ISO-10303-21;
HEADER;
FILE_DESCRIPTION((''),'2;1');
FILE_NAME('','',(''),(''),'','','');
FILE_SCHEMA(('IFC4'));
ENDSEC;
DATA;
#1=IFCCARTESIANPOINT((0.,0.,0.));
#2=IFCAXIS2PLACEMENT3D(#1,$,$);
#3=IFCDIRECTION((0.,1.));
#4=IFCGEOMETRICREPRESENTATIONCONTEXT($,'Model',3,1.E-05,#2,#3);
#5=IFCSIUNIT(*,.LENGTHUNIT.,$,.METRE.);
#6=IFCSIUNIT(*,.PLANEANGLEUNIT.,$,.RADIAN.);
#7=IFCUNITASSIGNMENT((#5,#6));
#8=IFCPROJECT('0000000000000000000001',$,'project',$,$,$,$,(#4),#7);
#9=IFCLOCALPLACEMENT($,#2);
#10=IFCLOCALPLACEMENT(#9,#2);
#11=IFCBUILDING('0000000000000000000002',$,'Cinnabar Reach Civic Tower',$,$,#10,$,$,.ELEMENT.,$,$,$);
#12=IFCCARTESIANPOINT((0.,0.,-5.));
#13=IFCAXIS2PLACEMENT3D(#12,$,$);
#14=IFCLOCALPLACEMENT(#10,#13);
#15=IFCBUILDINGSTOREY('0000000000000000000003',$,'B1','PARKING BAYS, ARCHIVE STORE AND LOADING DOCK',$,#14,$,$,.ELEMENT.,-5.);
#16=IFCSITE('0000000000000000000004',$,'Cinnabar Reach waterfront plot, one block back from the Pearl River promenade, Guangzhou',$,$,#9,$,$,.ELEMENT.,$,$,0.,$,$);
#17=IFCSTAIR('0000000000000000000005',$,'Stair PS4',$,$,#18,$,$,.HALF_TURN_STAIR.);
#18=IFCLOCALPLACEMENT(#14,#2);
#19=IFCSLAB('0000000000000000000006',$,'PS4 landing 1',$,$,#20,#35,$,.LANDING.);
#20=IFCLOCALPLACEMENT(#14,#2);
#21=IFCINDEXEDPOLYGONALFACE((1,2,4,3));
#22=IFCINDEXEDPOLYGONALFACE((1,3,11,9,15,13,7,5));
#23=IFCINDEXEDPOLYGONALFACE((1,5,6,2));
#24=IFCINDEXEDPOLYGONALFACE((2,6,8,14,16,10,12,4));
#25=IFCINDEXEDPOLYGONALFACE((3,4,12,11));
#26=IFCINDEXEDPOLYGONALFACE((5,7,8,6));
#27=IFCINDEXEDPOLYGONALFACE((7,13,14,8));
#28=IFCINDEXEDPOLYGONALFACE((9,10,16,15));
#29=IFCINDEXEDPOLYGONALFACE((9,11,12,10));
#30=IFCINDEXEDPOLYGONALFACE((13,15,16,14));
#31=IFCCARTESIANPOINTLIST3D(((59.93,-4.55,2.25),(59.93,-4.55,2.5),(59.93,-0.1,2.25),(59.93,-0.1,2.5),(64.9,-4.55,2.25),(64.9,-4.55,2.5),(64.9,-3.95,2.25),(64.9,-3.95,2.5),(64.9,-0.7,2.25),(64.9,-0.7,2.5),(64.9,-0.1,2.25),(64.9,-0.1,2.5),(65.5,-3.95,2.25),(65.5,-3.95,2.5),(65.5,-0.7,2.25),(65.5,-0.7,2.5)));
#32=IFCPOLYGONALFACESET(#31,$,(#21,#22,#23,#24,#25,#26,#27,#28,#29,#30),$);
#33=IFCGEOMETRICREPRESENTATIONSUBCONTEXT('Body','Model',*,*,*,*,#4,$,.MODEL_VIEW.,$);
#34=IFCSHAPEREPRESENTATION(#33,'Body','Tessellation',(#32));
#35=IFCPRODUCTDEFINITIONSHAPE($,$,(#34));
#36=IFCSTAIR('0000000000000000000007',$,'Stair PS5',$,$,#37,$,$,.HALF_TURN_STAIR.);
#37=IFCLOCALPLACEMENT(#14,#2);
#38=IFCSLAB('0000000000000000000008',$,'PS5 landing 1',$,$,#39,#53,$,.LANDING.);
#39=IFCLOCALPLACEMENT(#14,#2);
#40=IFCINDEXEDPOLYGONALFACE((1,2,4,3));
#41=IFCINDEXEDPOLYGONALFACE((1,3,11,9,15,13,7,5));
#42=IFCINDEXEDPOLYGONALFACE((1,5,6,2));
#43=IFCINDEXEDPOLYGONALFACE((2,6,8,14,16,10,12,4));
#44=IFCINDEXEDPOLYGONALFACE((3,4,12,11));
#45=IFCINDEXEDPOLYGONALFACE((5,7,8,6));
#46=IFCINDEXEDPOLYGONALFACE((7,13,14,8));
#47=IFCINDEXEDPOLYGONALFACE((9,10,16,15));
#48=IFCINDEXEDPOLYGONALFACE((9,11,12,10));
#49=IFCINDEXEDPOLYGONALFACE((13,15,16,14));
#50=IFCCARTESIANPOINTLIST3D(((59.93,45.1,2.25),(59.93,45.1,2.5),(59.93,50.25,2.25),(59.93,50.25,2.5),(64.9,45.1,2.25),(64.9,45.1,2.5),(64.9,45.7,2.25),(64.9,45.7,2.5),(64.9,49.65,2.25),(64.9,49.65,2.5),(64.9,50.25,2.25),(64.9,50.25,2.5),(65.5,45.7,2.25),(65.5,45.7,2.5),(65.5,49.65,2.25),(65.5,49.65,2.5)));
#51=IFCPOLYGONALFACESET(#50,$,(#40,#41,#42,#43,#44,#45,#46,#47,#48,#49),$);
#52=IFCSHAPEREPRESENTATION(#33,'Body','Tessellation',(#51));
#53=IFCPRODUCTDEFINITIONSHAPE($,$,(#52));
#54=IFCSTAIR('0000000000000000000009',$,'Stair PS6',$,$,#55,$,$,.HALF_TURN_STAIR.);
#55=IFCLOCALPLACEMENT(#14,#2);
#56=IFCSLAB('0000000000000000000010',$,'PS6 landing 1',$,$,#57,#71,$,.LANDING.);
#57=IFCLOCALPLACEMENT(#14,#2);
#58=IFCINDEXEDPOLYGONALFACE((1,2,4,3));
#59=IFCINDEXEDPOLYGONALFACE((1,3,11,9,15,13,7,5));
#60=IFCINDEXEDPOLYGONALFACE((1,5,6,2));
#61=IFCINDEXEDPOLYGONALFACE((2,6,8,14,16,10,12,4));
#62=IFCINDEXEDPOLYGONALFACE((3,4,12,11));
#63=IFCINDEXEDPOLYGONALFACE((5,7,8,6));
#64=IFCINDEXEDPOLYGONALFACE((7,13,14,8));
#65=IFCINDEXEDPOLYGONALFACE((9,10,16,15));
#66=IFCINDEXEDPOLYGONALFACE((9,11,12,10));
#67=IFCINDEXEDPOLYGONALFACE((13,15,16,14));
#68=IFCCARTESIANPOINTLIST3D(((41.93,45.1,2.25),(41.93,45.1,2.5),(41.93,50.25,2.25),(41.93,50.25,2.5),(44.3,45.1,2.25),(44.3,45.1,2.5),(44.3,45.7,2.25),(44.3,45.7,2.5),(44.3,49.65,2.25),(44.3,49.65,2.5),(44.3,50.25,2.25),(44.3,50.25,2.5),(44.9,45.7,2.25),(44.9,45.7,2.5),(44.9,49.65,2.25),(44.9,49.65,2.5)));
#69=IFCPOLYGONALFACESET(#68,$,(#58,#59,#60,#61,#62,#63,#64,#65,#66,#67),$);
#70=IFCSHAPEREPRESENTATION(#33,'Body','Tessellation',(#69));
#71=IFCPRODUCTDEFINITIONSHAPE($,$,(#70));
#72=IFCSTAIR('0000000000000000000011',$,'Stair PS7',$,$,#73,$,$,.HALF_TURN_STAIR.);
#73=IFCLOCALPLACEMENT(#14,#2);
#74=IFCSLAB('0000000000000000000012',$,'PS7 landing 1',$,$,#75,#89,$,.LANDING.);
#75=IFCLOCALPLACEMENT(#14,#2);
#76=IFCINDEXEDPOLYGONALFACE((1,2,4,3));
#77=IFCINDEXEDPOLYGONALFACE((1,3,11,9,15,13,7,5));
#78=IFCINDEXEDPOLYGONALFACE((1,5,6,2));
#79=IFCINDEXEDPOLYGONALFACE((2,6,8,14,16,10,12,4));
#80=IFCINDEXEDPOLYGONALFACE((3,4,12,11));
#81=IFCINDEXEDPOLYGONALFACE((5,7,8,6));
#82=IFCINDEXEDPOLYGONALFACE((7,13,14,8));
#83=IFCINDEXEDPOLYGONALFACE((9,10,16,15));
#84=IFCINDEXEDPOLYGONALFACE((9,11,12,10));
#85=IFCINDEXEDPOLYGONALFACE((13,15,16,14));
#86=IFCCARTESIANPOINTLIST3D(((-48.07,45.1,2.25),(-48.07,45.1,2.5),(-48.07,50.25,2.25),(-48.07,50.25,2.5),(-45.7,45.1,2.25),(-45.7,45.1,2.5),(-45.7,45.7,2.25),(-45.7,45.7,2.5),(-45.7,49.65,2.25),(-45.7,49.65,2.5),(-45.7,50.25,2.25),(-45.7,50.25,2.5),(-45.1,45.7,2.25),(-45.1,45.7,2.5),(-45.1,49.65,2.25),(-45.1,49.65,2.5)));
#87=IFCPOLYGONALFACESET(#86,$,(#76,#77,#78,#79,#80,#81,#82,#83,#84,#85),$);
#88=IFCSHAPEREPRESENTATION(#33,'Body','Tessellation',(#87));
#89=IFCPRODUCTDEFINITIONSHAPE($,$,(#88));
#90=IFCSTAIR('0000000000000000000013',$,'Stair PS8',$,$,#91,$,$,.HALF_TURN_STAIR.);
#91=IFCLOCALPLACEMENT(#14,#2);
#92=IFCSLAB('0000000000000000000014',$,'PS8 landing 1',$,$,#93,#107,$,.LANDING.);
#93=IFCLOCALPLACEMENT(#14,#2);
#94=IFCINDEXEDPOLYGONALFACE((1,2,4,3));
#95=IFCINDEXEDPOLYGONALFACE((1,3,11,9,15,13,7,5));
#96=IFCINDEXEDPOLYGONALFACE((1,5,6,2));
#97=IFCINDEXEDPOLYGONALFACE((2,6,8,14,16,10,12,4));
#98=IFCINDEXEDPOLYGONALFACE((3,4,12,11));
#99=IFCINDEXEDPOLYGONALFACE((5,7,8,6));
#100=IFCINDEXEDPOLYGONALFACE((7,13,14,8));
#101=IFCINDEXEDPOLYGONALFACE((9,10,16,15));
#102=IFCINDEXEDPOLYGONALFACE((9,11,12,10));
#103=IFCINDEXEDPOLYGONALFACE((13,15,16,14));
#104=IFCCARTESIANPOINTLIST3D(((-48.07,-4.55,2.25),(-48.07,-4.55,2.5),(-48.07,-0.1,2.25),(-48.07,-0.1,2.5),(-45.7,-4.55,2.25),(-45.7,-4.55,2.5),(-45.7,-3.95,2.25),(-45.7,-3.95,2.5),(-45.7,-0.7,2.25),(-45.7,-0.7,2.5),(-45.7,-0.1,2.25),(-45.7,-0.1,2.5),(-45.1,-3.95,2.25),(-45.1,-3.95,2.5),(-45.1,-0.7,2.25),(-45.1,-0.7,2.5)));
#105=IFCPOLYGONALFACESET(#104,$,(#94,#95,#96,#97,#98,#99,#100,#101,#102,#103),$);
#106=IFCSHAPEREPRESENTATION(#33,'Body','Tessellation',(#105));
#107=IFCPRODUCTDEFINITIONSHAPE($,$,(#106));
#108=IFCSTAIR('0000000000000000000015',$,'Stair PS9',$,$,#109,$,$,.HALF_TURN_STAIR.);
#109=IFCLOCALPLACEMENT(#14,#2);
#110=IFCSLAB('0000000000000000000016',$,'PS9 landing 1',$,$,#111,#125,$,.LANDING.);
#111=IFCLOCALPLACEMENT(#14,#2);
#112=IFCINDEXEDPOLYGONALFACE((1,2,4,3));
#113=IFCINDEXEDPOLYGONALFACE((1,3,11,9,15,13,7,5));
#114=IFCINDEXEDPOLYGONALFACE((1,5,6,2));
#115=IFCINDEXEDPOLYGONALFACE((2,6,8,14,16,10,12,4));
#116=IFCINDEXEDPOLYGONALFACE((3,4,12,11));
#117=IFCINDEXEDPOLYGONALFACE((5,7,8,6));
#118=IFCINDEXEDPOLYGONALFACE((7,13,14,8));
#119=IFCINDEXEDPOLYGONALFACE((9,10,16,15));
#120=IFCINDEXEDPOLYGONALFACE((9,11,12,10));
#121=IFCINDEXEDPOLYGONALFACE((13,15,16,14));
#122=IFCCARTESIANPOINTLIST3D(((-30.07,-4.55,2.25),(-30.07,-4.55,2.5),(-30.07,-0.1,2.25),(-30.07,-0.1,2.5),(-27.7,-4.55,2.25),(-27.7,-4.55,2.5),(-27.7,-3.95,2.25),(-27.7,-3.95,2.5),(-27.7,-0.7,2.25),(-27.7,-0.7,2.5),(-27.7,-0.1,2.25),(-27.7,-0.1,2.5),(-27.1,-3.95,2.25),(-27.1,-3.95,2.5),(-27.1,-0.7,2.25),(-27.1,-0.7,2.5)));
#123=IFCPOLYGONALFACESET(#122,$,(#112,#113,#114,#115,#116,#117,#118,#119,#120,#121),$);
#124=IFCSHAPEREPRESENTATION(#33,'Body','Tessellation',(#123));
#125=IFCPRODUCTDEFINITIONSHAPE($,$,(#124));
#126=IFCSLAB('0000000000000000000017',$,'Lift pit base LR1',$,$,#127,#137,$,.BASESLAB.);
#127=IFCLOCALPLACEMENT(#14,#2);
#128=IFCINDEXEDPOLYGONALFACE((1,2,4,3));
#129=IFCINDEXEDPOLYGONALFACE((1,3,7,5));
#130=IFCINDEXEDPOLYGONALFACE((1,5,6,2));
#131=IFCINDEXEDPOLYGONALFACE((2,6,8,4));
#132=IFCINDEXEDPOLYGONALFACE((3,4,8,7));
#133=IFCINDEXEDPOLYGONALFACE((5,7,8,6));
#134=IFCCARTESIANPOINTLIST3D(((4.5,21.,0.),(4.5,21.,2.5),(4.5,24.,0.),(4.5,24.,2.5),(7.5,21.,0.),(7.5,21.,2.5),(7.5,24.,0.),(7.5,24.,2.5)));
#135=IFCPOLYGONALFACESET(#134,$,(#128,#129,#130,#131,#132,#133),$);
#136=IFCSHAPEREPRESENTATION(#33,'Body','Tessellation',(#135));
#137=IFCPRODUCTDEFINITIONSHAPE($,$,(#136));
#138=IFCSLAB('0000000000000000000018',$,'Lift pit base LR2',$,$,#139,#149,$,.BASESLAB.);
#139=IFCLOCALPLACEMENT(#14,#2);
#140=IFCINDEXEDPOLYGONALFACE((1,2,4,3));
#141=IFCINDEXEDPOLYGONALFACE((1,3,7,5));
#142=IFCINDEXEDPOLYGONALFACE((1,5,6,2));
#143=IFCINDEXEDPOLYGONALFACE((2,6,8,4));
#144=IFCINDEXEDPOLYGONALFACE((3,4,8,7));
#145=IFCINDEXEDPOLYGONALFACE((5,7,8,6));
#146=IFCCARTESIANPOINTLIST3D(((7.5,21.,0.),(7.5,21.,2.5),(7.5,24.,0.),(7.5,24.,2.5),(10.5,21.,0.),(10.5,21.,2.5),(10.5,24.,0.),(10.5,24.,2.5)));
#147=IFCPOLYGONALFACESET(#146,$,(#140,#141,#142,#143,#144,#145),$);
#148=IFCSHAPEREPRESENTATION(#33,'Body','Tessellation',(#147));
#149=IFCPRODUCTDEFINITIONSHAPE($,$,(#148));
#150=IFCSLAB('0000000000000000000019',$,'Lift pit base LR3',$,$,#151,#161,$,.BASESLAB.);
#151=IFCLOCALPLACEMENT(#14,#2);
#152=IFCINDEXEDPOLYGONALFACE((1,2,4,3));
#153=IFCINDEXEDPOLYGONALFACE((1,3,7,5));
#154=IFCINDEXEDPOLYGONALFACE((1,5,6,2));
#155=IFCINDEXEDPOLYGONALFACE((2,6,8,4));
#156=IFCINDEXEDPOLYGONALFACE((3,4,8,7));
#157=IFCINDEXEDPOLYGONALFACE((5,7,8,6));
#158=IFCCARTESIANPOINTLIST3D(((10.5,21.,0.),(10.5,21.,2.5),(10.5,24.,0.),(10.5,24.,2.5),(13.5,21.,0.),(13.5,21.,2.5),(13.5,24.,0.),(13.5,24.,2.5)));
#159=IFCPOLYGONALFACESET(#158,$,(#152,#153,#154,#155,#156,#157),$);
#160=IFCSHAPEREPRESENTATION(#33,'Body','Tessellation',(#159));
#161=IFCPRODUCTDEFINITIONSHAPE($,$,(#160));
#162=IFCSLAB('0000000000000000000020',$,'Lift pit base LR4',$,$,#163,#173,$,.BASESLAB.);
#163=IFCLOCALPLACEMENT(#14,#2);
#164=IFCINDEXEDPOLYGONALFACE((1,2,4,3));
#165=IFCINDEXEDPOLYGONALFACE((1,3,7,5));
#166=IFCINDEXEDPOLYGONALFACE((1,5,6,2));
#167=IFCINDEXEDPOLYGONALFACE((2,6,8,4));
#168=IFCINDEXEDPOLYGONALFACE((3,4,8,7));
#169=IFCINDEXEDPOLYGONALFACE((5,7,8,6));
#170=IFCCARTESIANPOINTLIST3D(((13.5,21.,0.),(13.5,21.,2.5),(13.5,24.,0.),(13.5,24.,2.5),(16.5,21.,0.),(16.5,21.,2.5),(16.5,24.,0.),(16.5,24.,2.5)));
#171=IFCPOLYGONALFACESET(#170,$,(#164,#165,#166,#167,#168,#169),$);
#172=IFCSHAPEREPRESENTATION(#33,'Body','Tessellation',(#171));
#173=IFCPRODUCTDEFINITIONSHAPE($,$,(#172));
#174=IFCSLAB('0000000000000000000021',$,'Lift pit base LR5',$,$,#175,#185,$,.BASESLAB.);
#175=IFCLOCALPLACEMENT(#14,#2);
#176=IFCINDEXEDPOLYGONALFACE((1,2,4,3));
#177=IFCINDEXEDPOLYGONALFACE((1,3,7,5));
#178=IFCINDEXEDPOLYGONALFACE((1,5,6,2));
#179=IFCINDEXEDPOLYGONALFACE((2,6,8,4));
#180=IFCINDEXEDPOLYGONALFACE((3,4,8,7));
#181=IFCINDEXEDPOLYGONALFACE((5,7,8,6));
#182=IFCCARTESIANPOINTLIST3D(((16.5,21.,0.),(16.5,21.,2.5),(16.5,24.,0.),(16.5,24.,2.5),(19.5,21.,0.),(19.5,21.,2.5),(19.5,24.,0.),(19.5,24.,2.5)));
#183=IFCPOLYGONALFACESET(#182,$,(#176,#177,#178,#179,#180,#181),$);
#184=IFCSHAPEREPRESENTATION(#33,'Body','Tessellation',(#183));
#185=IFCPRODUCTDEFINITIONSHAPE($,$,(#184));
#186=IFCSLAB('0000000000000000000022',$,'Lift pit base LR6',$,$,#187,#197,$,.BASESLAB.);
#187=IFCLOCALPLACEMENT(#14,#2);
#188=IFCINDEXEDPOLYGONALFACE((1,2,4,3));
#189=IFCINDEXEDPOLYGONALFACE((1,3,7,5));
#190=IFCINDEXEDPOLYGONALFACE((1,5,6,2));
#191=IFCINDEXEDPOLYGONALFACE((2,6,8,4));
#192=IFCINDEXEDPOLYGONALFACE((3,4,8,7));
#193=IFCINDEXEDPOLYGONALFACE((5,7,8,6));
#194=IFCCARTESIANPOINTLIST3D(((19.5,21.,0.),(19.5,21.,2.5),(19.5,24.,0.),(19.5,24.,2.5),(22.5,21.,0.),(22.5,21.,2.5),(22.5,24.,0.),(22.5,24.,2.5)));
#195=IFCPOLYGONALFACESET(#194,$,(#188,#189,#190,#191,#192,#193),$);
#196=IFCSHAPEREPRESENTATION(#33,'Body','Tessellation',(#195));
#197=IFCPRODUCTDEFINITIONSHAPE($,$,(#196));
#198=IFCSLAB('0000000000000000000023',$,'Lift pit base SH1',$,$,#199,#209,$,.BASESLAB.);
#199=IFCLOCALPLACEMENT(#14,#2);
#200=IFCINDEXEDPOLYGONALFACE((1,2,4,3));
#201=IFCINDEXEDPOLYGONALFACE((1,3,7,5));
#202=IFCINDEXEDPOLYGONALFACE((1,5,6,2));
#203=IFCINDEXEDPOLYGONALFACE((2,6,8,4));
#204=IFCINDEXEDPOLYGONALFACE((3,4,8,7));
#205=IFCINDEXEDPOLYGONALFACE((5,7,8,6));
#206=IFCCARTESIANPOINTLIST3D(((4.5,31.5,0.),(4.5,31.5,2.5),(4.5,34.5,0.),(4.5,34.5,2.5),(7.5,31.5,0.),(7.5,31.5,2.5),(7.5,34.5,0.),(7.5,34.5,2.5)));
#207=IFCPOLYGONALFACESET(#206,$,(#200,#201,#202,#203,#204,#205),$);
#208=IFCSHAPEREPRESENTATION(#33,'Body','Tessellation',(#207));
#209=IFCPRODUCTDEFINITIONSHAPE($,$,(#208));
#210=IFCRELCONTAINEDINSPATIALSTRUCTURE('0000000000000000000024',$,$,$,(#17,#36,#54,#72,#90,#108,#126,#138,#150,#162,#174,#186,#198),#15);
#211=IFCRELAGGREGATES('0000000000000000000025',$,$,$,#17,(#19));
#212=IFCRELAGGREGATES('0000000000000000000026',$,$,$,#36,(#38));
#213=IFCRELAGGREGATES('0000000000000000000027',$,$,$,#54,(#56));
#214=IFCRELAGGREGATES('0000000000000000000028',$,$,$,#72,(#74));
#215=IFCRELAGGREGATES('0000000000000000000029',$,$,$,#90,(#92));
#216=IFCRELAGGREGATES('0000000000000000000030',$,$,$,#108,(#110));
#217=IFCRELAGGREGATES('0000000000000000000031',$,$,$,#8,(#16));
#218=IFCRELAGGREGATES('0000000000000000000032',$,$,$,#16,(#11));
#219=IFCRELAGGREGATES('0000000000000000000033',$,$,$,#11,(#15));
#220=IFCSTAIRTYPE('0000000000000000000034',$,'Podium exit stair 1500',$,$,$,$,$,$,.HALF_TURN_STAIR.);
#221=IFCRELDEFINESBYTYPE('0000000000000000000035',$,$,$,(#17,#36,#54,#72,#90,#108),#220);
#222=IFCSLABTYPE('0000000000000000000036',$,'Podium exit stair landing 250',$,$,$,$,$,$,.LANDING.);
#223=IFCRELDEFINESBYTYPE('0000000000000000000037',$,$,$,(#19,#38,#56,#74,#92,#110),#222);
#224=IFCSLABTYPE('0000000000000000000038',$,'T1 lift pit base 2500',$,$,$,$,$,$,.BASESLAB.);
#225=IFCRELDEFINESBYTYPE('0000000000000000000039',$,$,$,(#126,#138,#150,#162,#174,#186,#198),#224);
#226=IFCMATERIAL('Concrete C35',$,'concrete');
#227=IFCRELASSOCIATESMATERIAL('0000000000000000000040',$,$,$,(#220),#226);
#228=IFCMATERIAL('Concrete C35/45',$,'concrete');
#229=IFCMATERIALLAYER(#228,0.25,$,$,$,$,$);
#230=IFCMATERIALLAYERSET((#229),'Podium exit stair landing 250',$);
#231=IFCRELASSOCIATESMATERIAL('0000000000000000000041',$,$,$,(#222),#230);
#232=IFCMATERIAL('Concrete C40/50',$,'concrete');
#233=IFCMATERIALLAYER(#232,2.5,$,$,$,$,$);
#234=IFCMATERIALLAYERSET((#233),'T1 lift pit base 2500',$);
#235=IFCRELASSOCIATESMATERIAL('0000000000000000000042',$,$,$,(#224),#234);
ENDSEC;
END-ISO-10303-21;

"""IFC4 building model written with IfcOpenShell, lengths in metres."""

from ifc_helpers import new_model, si_unit, direction, frame, origin, place, context, subcontext, project, spatial, polyline, outline, extrude, material, layer, layer_set, type_object, element, aggregate, save


model = new_model("IFC4")

# Units and contexts
model_context = context("Model", 3, precision=1e-05, world=origin(), true_north=direction((0.0, 1.0)))
body_context = subcontext(model_context, "Body", "Model", "MODEL_VIEW")
ifc_project = project(units=[si_unit("LENGTHUNIT", "METRE"), si_unit("PLANEANGLEUNIT", "RADIAN")], contexts=[model_context])

# Site, building, storey
site_placement = place(None, origin())
site = spatial("IfcSite", under=ifc_project, at=site_placement, Name="Cinnabar Reach waterfront plot, one block back from the Pearl River promenade, Guangzhou", CompositionType="ELEMENT", RefElevation=0.0)
building_placement = place(site_placement, origin())
building = spatial("IfcBuilding", under=site, at=building_placement, Name="Cinnabar Reach Civic Tower", CompositionType="ELEMENT")
storey_placement = place(building_placement, frame((0.0, 0.0, -5.0)))
storey = spatial("IfcBuildingStorey", under=building, at=storey_placement, Name="B1", Description="PARKING BAYS, ARCHIVE STORE AND LOADING DOCK", CompositionType="ELEMENT", Elevation=-5.0)

# Stairs, slabs
ifc_material_1 = material(Name="Concrete C35", Category="concrete")
stair_type = type_object("IfcStairType", Name="Podium exit stair 1500", PredefinedType="HALF_TURN_STAIR", material=ifc_material_1)
ifc_material_2 = material(Name="Concrete C35/45", Category="concrete")
ifc_layer_1 = layer(ifc_material_2, 0.25)
ifc_layer_set_1 = layer_set([ifc_layer_1], Name="Podium exit stair landing 250")
slab_type_1 = type_object("IfcSlabType", Name="Podium exit stair landing 250", PredefinedType="LANDING", material=ifc_layer_set_1)
stair_1_placement = place(storey_placement, origin())
stair_1 = element("IfcStair", 1, at=stair_1_placement, inside=storey, type_object=stair_type, Name="Stair PS4", PredefinedType="HALF_TURN_STAIR")
slab_1_placement = place(storey_placement, frame((0.0, 0.0, 2.25)))
slab_1 = element("IfcSlab", 2, at=slab_1_placement, type_object=slab_type_1, Name="PS4 landing 1", PredefinedType="LANDING", context=body_context, shape_type="SweptSolid", body=[
    extrude(outline(polyline([(65.5, -3.95), (64.9, -3.95), (64.9, -4.55), (59.93, -4.55), (59.93, -0.1), (64.9, -0.1), (64.9, -0.7), (65.5, -0.7), (65.5, -3.95)])), origin(), (0.0, 0.0, 1.0), 0.25),
])
aggregate(stair_1, [slab_1])
stair_2_placement = place(storey_placement, origin())
stair_2 = element("IfcStair", 3, at=stair_2_placement, inside=storey, type_object=stair_type, Name="Stair PS5", PredefinedType="HALF_TURN_STAIR")
slab_2_placement = place(storey_placement, frame((0.0, 0.0, 2.25)))
slab_2 = element("IfcSlab", 4, at=slab_2_placement, type_object=slab_type_1, Name="PS5 landing 1", PredefinedType="LANDING", context=body_context, shape_type="SweptSolid", body=[
    extrude(outline(polyline([(65.5, 45.7), (64.9, 45.7), (64.9, 45.1), (59.93, 45.1), (59.93, 50.25), (64.9, 50.25), (64.9, 49.65), (65.5, 49.65), (65.5, 45.7)])), origin(), (0.0, 0.0, 1.0), 0.25),
])
aggregate(stair_2, [slab_2])
stair_3_placement = place(storey_placement, origin())
stair_3 = element("IfcStair", 5, at=stair_3_placement, inside=storey, type_object=stair_type, Name="Stair PS6", PredefinedType="HALF_TURN_STAIR")
slab_3_placement = place(storey_placement, frame((0.0, 0.0, 2.25)))
slab_3 = element("IfcSlab", 6, at=slab_3_placement, type_object=slab_type_1, Name="PS6 landing 1", PredefinedType="LANDING", context=body_context, shape_type="SweptSolid", body=[
    extrude(outline(polyline([(44.9, 45.7), (44.3, 45.7), (44.3, 45.1), (41.93, 45.1), (41.93, 50.25), (44.3, 50.25), (44.3, 49.65), (44.9, 49.65), (44.9, 45.7)])), origin(), (0.0, 0.0, 1.0), 0.25),
])
aggregate(stair_3, [slab_3])
stair_4_placement = place(storey_placement, origin())
stair_4 = element("IfcStair", 7, at=stair_4_placement, inside=storey, type_object=stair_type, Name="Stair PS7", PredefinedType="HALF_TURN_STAIR")
slab_4_placement = place(storey_placement, frame((0.0, 0.0, 2.25)))
slab_4 = element("IfcSlab", 8, at=slab_4_placement, type_object=slab_type_1, Name="PS7 landing 1", PredefinedType="LANDING", context=body_context, shape_type="SweptSolid", body=[
    extrude(outline(polyline([(-45.1, 45.7), (-45.7, 45.7), (-45.7, 45.1), (-48.07, 45.1), (-48.07, 50.25), (-45.7, 50.25), (-45.7, 49.65), (-45.1, 49.65), (-45.1, 45.7)])), origin(), (0.0, 0.0, 1.0), 0.25),
])
aggregate(stair_4, [slab_4])
stair_5_placement = place(storey_placement, origin())
stair_5 = element("IfcStair", 9, at=stair_5_placement, inside=storey, type_object=stair_type, Name="Stair PS8", PredefinedType="HALF_TURN_STAIR")
slab_5_placement = place(storey_placement, frame((0.0, 0.0, 2.25)))
slab_5 = element("IfcSlab", 10, at=slab_5_placement, type_object=slab_type_1, Name="PS8 landing 1", PredefinedType="LANDING", context=body_context, shape_type="SweptSolid", body=[
    extrude(outline(polyline([(-45.1, -3.95), (-45.7, -3.95), (-45.7, -4.55), (-48.07, -4.55), (-48.07, -0.1), (-45.7, -0.1), (-45.7, -0.7), (-45.1, -0.7), (-45.1, -3.95)])), origin(), (0.0, 0.0, 1.0), 0.25),
])
aggregate(stair_5, [slab_5])
stair_6_placement = place(storey_placement, origin())
stair_6 = element("IfcStair", 11, at=stair_6_placement, inside=storey, type_object=stair_type, Name="Stair PS9", PredefinedType="HALF_TURN_STAIR")
slab_6_placement = place(storey_placement, frame((0.0, 0.0, 2.25)))
slab_6 = element("IfcSlab", 12, at=slab_6_placement, type_object=slab_type_1, Name="PS9 landing 1", PredefinedType="LANDING", context=body_context, shape_type="SweptSolid", body=[
    extrude(outline(polyline([(-27.1, -3.95), (-27.7, -3.95), (-27.7, -4.55), (-30.07, -4.55), (-30.07, -0.1), (-27.7, -0.1), (-27.7, -0.7), (-27.1, -0.7), (-27.1, -3.95)])), origin(), (0.0, 0.0, 1.0), 0.25),
])
aggregate(stair_6, [slab_6])

# Slabs
ifc_material_3 = material(Name="Concrete C40/50", Category="concrete")
ifc_layer_2 = layer(ifc_material_3, 2.5)
ifc_layer_set_2 = layer_set([ifc_layer_2], Name="T1 lift pit base 2500")
slab_type_2 = type_object("IfcSlabType", Name="T1 lift pit base 2500", PredefinedType="BASESLAB", material=ifc_layer_set_2)
slab_7_placement = place(storey_placement, origin())
element("IfcSlab", 13, at=slab_7_placement, inside=storey, type_object=slab_type_2, Name="Lift pit base LR1", PredefinedType="BASESLAB", context=body_context, shape_type="SweptSolid", body=[
    extrude(outline(polyline([(7.5, 24.0), (7.5, 21.0), (4.5, 21.0), (4.5, 24.0), (7.5, 24.0)])), origin(), (0.0, 0.0, 1.0), 2.5),
])
slab_8_placement = place(storey_placement, origin())
element("IfcSlab", 14, at=slab_8_placement, inside=storey, type_object=slab_type_2, Name="Lift pit base LR2", PredefinedType="BASESLAB", context=body_context, shape_type="SweptSolid", body=[
    extrude(outline(polyline([(7.5, 24.0), (10.5, 24.0), (10.5, 21.0), (7.5, 21.0), (7.5, 24.0)])), origin(), (0.0, 0.0, 1.0), 2.5),
])
slab_9_placement = place(storey_placement, origin())
element("IfcSlab", 15, at=slab_9_placement, inside=storey, type_object=slab_type_2, Name="Lift pit base LR3", PredefinedType="BASESLAB", context=body_context, shape_type="SweptSolid", body=[
    extrude(outline(polyline([(10.5, 24.0), (13.5, 24.0), (13.5, 21.0), (10.5, 21.0), (10.5, 24.0)])), origin(), (0.0, 0.0, 1.0), 2.5),
])
slab_10_placement = place(storey_placement, origin())
element("IfcSlab", 16, at=slab_10_placement, inside=storey, type_object=slab_type_2, Name="Lift pit base LR4", PredefinedType="BASESLAB", context=body_context, shape_type="SweptSolid", body=[
    extrude(outline(polyline([(13.5, 24.0), (16.5, 24.0), (16.5, 21.0), (13.5, 21.0), (13.5, 24.0)])), origin(), (0.0, 0.0, 1.0), 2.5),
])
slab_11_placement = place(storey_placement, origin())
element("IfcSlab", 17, at=slab_11_placement, inside=storey, type_object=slab_type_2, Name="Lift pit base LR5", PredefinedType="BASESLAB", context=body_context, shape_type="SweptSolid", body=[
    extrude(outline(polyline([(16.5, 24.0), (19.5, 24.0), (19.5, 21.0), (16.5, 21.0), (16.5, 24.0)])), origin(), (0.0, 0.0, 1.0), 2.5),
])
slab_12_placement = place(storey_placement, origin())
element("IfcSlab", 18, at=slab_12_placement, inside=storey, type_object=slab_type_2, Name="Lift pit base LR6", PredefinedType="BASESLAB", context=body_context, shape_type="SweptSolid", body=[
    extrude(outline(polyline([(22.5, 21.0), (19.5, 21.0), (19.5, 24.0), (22.5, 24.0), (22.5, 21.0)])), origin(), (0.0, 0.0, 1.0), 2.5),
])
slab_13_placement = place(storey_placement, origin())
element("IfcSlab", 19, at=slab_13_placement, inside=storey, type_object=slab_type_2, Name="Lift pit base SH1", PredefinedType="BASESLAB", context=body_context, shape_type="SweptSolid", body=[
    extrude(outline(polyline([(7.5, 34.5), (7.5, 31.5), (4.5, 31.5), (4.5, 34.5), (7.5, 34.5)])), origin(), (0.0, 0.0, 1.0), 2.5),
])

save(model, "model.ifc")
